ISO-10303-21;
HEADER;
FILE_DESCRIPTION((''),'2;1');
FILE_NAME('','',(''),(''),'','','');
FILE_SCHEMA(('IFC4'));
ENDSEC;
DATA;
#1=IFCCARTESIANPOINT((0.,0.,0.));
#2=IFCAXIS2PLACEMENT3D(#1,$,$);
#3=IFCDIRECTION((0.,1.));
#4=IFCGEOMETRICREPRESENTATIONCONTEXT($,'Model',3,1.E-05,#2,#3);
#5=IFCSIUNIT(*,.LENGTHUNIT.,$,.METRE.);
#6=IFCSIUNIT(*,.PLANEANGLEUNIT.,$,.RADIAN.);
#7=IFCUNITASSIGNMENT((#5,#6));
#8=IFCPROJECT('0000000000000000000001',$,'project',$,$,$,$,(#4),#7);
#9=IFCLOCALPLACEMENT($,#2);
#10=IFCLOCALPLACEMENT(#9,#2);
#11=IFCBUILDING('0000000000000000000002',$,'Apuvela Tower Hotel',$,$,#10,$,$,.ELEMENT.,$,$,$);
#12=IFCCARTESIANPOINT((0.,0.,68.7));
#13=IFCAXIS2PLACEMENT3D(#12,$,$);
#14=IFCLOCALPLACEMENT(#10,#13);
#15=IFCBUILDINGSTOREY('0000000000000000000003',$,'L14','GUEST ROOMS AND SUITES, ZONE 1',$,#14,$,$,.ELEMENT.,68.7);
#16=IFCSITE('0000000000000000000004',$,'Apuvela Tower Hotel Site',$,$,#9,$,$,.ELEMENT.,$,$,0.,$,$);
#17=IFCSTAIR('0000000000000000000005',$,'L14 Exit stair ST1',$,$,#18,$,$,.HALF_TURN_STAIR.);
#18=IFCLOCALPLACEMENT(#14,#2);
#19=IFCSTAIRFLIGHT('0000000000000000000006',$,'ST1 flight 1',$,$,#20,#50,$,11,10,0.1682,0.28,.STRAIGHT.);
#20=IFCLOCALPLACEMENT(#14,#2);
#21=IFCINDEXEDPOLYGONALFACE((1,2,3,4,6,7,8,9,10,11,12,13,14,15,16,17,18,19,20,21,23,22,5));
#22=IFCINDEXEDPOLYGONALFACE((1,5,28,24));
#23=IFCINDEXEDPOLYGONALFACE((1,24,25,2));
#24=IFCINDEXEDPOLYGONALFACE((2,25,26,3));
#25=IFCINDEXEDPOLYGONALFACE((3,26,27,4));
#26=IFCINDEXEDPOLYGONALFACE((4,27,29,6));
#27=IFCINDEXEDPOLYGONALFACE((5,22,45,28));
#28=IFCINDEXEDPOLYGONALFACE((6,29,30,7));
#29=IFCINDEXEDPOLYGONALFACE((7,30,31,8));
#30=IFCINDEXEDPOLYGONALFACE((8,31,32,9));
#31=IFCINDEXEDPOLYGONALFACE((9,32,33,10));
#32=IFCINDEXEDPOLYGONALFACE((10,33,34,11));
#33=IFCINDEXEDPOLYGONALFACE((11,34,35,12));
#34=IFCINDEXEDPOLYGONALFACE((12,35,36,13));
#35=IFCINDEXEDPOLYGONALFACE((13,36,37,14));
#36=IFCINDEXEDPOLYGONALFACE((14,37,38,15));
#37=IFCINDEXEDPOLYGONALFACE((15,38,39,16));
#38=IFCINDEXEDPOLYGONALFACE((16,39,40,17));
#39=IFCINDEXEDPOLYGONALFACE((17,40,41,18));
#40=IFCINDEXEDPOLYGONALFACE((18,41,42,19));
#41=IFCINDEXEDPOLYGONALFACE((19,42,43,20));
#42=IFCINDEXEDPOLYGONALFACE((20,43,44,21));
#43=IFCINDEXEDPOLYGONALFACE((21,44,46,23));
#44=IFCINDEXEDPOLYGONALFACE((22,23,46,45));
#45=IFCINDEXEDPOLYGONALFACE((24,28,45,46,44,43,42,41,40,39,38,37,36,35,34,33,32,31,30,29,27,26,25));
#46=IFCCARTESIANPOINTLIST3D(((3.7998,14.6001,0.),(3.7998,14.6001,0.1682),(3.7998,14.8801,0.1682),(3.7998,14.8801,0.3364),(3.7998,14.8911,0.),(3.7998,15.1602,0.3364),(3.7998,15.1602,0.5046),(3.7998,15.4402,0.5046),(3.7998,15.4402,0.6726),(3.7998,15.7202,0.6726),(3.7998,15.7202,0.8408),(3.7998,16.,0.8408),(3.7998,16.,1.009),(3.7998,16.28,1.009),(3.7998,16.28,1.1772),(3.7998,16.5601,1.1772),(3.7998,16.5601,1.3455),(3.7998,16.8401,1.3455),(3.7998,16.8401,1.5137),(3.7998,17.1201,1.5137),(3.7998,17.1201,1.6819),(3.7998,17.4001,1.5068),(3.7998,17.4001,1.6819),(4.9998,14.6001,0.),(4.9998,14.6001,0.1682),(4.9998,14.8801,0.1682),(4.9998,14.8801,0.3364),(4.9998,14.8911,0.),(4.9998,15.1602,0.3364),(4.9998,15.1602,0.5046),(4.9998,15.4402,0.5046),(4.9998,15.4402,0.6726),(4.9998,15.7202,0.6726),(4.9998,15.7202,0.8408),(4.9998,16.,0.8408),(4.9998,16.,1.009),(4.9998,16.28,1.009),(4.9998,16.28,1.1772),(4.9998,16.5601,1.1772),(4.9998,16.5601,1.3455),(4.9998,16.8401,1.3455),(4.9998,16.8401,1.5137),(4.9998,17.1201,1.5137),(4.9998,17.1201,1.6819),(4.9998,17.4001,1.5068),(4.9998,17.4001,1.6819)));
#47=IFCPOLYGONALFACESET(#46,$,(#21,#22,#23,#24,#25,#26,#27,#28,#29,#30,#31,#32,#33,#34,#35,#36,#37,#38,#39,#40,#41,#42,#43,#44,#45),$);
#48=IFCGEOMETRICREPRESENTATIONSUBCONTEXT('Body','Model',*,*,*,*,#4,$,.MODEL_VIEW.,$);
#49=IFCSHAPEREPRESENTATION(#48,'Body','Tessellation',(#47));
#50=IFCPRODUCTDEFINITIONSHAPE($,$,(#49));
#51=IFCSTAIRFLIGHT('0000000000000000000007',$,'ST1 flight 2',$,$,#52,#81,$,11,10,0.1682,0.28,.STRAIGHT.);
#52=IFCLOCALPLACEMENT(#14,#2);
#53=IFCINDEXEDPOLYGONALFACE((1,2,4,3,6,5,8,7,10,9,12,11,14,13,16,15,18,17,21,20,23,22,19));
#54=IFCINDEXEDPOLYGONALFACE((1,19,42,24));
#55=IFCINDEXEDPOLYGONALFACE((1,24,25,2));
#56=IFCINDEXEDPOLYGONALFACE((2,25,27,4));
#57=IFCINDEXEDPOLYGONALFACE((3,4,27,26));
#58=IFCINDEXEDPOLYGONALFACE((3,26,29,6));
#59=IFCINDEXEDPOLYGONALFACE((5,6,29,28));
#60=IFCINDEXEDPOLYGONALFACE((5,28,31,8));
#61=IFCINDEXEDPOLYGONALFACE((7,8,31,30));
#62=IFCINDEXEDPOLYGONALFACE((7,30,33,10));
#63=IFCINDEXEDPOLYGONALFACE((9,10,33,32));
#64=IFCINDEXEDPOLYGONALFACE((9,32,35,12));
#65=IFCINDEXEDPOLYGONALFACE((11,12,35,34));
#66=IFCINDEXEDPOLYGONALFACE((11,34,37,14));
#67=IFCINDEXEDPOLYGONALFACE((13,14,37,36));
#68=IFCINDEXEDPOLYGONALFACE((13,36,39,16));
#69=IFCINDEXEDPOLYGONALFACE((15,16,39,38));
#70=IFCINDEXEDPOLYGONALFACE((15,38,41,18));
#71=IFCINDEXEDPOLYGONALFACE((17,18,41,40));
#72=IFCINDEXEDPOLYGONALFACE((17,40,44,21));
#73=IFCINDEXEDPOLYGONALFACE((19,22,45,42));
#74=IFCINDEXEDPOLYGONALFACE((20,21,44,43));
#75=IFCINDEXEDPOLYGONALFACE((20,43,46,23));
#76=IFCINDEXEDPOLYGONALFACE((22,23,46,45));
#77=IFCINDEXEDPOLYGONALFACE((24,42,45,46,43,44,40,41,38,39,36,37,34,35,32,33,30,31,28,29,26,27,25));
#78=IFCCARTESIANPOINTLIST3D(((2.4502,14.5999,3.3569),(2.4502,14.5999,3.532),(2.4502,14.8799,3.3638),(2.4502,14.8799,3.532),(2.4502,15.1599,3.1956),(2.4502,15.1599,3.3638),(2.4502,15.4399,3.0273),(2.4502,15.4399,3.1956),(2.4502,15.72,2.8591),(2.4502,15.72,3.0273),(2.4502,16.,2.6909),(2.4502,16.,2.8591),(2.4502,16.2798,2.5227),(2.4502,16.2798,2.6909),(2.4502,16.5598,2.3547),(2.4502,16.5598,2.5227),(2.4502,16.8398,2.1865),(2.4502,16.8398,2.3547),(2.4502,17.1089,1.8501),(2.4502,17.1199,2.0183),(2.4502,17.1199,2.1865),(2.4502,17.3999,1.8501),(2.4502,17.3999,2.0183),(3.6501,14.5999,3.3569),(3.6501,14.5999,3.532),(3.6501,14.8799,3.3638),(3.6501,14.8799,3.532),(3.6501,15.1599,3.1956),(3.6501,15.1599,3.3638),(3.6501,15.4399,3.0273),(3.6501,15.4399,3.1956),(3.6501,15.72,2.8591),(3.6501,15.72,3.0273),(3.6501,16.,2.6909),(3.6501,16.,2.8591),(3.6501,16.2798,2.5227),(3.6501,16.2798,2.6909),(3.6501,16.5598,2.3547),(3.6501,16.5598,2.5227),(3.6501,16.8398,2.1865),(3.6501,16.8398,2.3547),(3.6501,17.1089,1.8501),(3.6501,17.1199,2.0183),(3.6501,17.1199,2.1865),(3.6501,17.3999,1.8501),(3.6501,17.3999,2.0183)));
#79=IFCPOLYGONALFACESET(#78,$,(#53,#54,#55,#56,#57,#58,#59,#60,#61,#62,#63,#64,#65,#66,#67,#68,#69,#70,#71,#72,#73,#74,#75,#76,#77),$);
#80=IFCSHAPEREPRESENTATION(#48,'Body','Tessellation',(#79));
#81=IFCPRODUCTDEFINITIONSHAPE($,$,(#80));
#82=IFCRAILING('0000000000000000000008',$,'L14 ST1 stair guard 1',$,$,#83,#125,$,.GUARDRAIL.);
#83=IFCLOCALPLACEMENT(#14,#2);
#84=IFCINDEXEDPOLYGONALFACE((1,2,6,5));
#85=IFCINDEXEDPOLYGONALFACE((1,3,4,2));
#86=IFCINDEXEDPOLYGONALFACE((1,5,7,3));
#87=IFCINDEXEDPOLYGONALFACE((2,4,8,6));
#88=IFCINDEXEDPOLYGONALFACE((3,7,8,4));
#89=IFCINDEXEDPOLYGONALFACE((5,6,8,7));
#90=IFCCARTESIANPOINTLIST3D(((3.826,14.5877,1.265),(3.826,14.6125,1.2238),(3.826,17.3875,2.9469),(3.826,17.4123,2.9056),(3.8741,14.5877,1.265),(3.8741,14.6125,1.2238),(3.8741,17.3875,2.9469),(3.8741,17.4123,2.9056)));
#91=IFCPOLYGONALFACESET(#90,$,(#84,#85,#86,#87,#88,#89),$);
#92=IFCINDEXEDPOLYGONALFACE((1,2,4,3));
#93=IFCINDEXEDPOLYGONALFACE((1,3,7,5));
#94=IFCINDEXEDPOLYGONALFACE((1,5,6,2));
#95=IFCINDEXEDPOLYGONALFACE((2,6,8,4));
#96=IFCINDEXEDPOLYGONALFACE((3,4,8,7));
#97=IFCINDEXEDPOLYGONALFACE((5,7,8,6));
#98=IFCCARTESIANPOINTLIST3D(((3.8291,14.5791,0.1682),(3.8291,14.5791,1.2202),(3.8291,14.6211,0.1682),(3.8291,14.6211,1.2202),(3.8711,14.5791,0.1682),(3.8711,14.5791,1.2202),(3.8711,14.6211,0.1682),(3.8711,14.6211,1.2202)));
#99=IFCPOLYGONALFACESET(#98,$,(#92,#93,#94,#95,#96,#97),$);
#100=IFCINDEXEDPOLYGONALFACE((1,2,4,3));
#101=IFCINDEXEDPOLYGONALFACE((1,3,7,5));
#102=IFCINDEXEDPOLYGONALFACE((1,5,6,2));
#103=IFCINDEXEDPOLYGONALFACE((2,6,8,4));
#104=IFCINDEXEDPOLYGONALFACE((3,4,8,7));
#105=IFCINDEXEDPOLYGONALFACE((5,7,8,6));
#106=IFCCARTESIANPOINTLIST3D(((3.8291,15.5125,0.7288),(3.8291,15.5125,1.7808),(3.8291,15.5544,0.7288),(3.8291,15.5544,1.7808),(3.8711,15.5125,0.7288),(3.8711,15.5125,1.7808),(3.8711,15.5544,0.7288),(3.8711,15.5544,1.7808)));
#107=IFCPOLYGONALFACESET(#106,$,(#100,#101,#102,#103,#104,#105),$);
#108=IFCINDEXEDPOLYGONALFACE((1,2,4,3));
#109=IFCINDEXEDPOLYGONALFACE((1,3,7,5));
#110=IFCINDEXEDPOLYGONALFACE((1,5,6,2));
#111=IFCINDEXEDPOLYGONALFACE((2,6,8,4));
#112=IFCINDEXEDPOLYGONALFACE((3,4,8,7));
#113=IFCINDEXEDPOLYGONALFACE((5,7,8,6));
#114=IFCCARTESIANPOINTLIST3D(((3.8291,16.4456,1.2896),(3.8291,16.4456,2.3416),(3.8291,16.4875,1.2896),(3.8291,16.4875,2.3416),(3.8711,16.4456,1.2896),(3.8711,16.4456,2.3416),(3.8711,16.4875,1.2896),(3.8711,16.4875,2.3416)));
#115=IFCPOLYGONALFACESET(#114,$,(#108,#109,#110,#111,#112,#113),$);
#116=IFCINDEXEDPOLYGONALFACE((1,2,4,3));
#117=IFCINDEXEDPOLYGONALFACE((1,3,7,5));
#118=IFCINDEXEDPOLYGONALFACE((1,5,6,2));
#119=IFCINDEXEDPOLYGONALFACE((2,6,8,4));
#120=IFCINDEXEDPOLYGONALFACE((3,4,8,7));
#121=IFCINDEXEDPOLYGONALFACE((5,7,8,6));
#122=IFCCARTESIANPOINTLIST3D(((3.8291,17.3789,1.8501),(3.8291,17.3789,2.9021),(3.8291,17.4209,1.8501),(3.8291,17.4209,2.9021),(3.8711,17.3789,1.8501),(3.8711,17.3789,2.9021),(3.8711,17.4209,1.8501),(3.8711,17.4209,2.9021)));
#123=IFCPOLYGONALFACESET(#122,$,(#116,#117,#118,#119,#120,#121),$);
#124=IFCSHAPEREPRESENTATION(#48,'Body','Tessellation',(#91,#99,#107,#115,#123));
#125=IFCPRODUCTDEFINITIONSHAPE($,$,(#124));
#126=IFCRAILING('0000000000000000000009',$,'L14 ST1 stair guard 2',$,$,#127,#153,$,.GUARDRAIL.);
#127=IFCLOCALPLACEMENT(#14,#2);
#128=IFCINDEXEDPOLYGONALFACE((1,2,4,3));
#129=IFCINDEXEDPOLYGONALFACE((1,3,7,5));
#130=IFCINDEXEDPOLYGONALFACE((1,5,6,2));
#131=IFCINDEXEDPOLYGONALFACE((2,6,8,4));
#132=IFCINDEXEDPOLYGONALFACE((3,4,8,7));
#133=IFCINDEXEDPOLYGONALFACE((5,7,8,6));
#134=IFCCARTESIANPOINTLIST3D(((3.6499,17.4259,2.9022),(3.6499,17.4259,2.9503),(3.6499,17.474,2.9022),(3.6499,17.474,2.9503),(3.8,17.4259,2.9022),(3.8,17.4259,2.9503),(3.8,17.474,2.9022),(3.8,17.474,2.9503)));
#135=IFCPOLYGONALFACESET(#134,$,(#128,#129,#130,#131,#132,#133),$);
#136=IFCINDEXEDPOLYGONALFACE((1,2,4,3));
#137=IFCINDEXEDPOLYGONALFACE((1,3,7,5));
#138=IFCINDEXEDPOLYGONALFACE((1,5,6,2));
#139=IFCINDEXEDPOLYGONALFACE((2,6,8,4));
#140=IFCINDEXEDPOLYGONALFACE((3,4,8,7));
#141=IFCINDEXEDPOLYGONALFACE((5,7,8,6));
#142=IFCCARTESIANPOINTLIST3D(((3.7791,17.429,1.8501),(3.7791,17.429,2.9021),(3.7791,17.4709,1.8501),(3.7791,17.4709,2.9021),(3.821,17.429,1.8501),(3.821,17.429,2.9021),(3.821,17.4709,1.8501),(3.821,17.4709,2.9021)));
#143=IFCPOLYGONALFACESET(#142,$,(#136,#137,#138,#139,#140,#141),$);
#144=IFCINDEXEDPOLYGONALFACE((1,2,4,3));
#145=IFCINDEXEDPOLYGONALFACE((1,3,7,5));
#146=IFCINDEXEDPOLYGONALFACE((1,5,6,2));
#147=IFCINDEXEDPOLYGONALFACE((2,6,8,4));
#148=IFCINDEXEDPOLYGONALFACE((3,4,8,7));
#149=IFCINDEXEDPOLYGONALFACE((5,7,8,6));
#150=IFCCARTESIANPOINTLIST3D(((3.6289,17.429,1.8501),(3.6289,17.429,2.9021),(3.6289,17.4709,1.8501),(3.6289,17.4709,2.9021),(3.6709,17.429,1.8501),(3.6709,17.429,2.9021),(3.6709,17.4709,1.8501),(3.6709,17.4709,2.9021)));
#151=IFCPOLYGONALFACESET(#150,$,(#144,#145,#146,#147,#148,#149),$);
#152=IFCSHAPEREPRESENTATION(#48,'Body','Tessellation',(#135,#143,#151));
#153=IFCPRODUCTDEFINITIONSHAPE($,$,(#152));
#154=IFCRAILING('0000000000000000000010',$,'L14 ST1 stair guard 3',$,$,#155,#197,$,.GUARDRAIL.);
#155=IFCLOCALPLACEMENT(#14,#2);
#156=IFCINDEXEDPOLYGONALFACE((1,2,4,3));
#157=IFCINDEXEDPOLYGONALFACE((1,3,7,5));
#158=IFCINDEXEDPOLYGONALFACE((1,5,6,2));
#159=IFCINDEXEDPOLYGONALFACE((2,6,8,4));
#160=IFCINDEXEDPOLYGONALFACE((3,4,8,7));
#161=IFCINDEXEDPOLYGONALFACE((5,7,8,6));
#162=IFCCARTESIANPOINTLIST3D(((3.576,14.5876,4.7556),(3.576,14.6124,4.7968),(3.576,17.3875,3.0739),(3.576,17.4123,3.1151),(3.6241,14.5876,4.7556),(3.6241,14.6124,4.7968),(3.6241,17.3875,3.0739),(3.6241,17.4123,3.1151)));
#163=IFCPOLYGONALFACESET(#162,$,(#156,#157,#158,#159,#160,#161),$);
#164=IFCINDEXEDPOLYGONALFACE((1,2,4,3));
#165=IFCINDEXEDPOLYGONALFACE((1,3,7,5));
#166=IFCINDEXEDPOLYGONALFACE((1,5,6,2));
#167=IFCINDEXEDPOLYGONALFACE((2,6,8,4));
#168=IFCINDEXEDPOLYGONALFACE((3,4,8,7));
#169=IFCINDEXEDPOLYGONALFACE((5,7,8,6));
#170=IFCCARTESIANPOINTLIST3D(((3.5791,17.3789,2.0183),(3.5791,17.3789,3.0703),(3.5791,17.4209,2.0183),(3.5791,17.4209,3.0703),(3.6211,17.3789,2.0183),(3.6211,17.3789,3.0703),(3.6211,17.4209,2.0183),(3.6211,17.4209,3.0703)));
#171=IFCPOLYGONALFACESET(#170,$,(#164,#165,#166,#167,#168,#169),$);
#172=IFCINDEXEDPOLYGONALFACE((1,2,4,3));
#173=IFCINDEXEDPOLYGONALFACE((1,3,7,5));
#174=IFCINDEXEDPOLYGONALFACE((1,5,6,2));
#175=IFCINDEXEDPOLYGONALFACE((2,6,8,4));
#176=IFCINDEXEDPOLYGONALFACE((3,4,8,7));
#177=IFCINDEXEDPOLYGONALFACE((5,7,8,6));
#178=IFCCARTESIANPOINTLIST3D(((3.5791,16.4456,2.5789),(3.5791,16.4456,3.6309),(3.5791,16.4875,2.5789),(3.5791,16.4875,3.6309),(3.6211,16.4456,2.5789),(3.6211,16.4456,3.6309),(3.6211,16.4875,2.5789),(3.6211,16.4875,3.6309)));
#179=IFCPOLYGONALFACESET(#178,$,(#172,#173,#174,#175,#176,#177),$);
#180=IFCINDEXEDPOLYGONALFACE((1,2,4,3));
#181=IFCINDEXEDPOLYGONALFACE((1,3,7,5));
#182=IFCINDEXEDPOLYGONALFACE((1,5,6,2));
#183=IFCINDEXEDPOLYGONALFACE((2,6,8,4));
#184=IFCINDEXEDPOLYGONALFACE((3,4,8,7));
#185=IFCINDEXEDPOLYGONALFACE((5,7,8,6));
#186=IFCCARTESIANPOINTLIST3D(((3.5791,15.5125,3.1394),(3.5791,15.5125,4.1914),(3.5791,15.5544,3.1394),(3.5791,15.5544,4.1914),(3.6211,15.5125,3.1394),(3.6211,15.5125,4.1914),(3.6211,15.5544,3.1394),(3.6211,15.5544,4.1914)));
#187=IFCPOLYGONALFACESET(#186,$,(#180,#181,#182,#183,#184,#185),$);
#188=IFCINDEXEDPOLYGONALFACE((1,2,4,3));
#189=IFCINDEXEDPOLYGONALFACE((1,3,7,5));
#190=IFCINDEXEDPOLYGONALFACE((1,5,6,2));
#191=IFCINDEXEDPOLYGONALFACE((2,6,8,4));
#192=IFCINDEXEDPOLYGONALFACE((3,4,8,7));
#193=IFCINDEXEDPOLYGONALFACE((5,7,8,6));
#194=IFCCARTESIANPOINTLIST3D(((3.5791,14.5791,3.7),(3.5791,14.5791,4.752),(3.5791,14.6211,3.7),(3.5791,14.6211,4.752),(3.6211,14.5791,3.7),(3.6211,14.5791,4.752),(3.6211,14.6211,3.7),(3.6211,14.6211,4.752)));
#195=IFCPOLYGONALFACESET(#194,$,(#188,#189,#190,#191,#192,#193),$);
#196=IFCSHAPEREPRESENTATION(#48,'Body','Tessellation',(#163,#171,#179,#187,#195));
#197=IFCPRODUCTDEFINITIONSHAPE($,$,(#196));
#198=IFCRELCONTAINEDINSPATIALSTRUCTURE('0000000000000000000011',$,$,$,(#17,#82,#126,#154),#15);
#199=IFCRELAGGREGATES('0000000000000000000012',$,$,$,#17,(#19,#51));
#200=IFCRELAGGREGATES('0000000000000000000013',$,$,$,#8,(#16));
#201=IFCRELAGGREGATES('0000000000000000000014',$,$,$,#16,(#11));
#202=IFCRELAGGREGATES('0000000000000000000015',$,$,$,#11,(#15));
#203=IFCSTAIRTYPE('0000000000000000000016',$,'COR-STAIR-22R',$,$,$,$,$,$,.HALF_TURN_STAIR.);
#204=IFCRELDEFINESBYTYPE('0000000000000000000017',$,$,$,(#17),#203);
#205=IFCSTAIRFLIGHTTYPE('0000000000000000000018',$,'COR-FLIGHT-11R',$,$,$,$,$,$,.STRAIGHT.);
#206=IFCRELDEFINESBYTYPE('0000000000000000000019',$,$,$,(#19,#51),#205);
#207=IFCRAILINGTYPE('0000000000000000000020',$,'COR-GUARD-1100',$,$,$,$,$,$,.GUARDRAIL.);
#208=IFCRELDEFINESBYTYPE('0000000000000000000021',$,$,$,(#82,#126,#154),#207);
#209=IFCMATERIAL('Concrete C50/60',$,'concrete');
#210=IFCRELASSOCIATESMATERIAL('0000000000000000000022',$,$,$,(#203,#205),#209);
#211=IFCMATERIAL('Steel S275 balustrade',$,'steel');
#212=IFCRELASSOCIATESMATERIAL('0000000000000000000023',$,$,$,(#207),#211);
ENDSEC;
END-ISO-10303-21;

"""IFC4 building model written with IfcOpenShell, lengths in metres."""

from ifc_helpers import new_model, si_unit, direction, frame, origin, origin_2d, place, context, subcontext, project, spatial, polyline, rectangle, outline, extrude, material, type_object, element, aggregate, save


model = new_model("IFC4")

# Units and contexts
model_context = context("Model", 3, precision=1e-05, world=origin(), true_north=direction((0.0, 1.0)))
body_context = subcontext(model_context, "Body", "Model", "MODEL_VIEW")
ifc_project = project(units=[si_unit("LENGTHUNIT", "METRE"), si_unit("PLANEANGLEUNIT", "RADIAN")], contexts=[model_context])

# Site, building, storey
site_placement = place(None, origin())
site = spatial("IfcSite", under=ifc_project, at=site_placement, Name="Apuvela Tower Hotel Site", CompositionType="ELEMENT", RefElevation=0.0)
building_placement = place(site_placement, origin())
building = spatial("IfcBuilding", under=site, at=building_placement, Name="Apuvela Tower Hotel", CompositionType="ELEMENT")
storey_placement = place(building_placement, frame((0.0, 0.0, 68.7)))
storey = spatial("IfcBuildingStorey", under=building, at=storey_placement, Name="L14", Description="GUEST ROOMS AND SUITES, ZONE 1", CompositionType="ELEMENT", Elevation=68.7)

# Shared definitions
ifc_material_1 = material(Name="Concrete C50/60", Category="concrete")

# Stair, stair flights
stair_type = type_object("IfcStairType", Name="COR-STAIR-22R", PredefinedType="HALF_TURN_STAIR", material=ifc_material_1)
stair_placement = place(storey_placement, origin())
stair = element("IfcStair", 1, at=stair_placement, inside=storey, type_object=stair_type, Name="L14 Exit stair ST1", PredefinedType="HALF_TURN_STAIR")
stair_flight_type = type_object("IfcStairFlightType", Name="COR-FLIGHT-11R", PredefinedType="STRAIGHT", material=ifc_material_1)
stair_flight_1_placement = place(storey_placement, frame((4.3999, 14.6001, 0.0), z_axis=(0.0, 0.0, 1.0), x_axis=(0.0, 1.0, 0.0)))
stair_flight_1 = element("IfcStairFlight", 2, at=stair_flight_1_placement, type_object=stair_flight_type, Name="ST1 flight 1", NumberOfRisers=11, NumberOfTreads=10, PredefinedType="STRAIGHT", RiserHeight=0.1682, TreadLength=0.28, context=body_context, shape_type="SweptSolid", body=[
    extrude(outline(polyline([(0.0, 0.0), (0.0, 0.1682), (0.28, 0.1682), (0.28, 0.3364), (0.5601, 0.3364), (0.5601, 0.5046), (0.8401, 0.5046), (0.8401, 0.6726), (1.1201, 0.6726), (1.1201, 0.8408), (1.3999, 0.8408), (1.3999, 1.009), (1.6799, 1.009), (1.6799, 1.1772), (1.96, 1.1772), (1.96, 1.3455), (2.24, 1.3455), (2.24, 1.5137), (2.52, 1.5137), (2.52, 1.6819), (2.8, 1.6819), (2.8, 1.8501), (2.8, 1.5068), (0.291, 0.0), (0.0, 0.0)])), frame((0.0, 0.6001, 0.0), z_axis=(0.0, -1.0, 0.0), x_axis=(1.0, 0.0, 0.0)), (0.0, 0.0, 1.0), 1.2),
])
stair_flight_2_placement = place(storey_placement, frame((3.05, 17.3999, 1.8501), z_axis=(0.0, 0.0, 1.0), x_axis=(0.0, -1.0, 0.0)))
stair_flight_2 = element("IfcStairFlight", 3, at=stair_flight_2_placement, type_object=stair_flight_type, Name="ST1 flight 2", NumberOfRisers=11, NumberOfTreads=10, PredefinedType="STRAIGHT", RiserHeight=0.1682, TreadLength=0.28, context=body_context, shape_type="SweptSolid", body=[
    extrude(outline(polyline([(0.0, 0.0), (0.0, 0.1682), (0.28, 0.1682), (0.28, 0.3364), (0.5601, 0.3364), (0.5601, 0.5046), (0.8401, 0.5046), (0.8401, 0.6726), (1.1201, 0.6726), (1.1201, 0.8408), (1.3999, 0.8408), (1.3999, 1.009), (1.6799, 1.009), (1.6799, 1.1772), (1.96, 1.1772), (1.96, 1.3455), (2.24, 1.3455), (2.24, 1.5137), (2.52, 1.5137), (2.52, 1.6819), (2.8, 1.6819), (2.8, 1.8501), (2.8, 1.5068), (0.291, 0.0), (0.0, 0.0)])), frame((0.0, 0.6001, 0.0), z_axis=(0.0, -1.0, 0.0), x_axis=(1.0, 0.0, 0.0)), (0.0, 0.0, 1.0), 1.2),
])
aggregate(stair, [stair_flight_1, stair_flight_2])

# Railings
ifc_material_2 = material(Name="Steel S275 balustrade", Category="steel")
railing_type_1 = type_object("IfcRailingType", Name="COR-GUARD-1100", PredefinedType="GUARDRAIL", material=ifc_material_2)
railing_1_placement = place(storey_placement, frame((3.8501, 14.6001, 0.1682)))
element("IfcRailing", 4, at=railing_1_placement, inside=storey, type_object=railing_type_1, Name="L14 ST1 stair guard 1", PredefinedType="GUARDRAIL", context=body_context, shape_type="SweptSolid", body=[
    extrude(rectangle(XDim=0.0481, YDim=0.0481, at=origin_2d()), frame((0.0, 0.0, 1.0762), z_axis=(0.0, 0.857222, 0.514946), x_axis=(-1.0, 0.0, 0.0)), (0.0, 0.0, 1.0), 3.2661),
    extrude(rectangle(XDim=0.042, YDim=0.042, at=origin_2d()), origin(), (0.0, 0.0, 1.0), 1.052),
    extrude(rectangle(XDim=0.042, YDim=0.042, at=origin_2d()), frame((0.0, 0.9333, 0.5605)), (0.0, 0.0, 1.0), 1.052),
    extrude(rectangle(XDim=0.042, YDim=0.042, at=origin_2d()), frame((0.0, 1.8665, 1.1213)), (0.0, 0.0, 1.0), 1.052),
    extrude(rectangle(XDim=0.042, YDim=0.042, at=origin_2d()), frame((0.0, 2.7998, 1.6819)), (0.0, 0.0, 1.0), 1.052),
])
railing_2_placement = place(storey_placement, frame((3.8, 17.45, 1.8501)))
element("IfcRailing", 5, at=railing_2_placement, inside=storey, type_object=railing_type_1, Name="L14 ST1 stair guard 2", PredefinedType="GUARDRAIL", context=body_context, shape_type="SweptSolid", body=[
    extrude(rectangle(XDim=0.0481, YDim=0.0481, at=origin_2d()), frame((0.0, 0.0, 1.0762), z_axis=(-1.0, 0.0, 0.0), x_axis=(0.0, -1.0, 0.0)), (0.0, 0.0, 1.0), 0.1501),
    extrude(rectangle(XDim=0.042, YDim=0.042, at=origin_2d()), origin(), (0.0, 0.0, 1.0), 1.052),
    extrude(rectangle(XDim=0.042, YDim=0.042, at=origin_2d()), frame((-0.1501, 0.0, 0.0)), (0.0, 0.0, 1.0), 1.052),
])
railing_3_placement = place(storey_placement, frame((3.6001, 17.3999, 2.0183)))
element("IfcRailing", 6, at=railing_3_placement, inside=storey, type_object=railing_type_1, Name="L14 ST1 stair guard 3", PredefinedType="GUARDRAIL", context=body_context, shape_type="SweptSolid", body=[
    extrude(rectangle(XDim=0.0481, YDim=0.0481, at=origin_2d()), frame((0.0, 0.0, 1.0762), z_axis=(0.0, -0.857255, 0.514891), x_axis=(1.0, 0.0, 0.0)), (0.0, 0.0, 1.0), 3.2661),
    extrude(rectangle(XDim=0.042, YDim=0.042, at=origin_2d()), origin(), (0.0, 0.0, 1.0), 1.052),
    extrude(rectangle(XDim=0.042, YDim=0.042, at=origin_2d()), frame((0.0, -0.9333, 0.5605)), (0.0, 0.0, 1.0), 1.052),
    extrude(rectangle(XDim=0.042, YDim=0.042, at=origin_2d()), frame((0.0, -1.8665, 1.1211)), (0.0, 0.0, 1.0), 1.052),
    extrude(rectangle(XDim=0.042, YDim=0.042, at=origin_2d()), frame((0.0, -2.7998, 1.6816)), (0.0, 0.0, 1.0), 1.052),
])

save(model, "model.ifc")
